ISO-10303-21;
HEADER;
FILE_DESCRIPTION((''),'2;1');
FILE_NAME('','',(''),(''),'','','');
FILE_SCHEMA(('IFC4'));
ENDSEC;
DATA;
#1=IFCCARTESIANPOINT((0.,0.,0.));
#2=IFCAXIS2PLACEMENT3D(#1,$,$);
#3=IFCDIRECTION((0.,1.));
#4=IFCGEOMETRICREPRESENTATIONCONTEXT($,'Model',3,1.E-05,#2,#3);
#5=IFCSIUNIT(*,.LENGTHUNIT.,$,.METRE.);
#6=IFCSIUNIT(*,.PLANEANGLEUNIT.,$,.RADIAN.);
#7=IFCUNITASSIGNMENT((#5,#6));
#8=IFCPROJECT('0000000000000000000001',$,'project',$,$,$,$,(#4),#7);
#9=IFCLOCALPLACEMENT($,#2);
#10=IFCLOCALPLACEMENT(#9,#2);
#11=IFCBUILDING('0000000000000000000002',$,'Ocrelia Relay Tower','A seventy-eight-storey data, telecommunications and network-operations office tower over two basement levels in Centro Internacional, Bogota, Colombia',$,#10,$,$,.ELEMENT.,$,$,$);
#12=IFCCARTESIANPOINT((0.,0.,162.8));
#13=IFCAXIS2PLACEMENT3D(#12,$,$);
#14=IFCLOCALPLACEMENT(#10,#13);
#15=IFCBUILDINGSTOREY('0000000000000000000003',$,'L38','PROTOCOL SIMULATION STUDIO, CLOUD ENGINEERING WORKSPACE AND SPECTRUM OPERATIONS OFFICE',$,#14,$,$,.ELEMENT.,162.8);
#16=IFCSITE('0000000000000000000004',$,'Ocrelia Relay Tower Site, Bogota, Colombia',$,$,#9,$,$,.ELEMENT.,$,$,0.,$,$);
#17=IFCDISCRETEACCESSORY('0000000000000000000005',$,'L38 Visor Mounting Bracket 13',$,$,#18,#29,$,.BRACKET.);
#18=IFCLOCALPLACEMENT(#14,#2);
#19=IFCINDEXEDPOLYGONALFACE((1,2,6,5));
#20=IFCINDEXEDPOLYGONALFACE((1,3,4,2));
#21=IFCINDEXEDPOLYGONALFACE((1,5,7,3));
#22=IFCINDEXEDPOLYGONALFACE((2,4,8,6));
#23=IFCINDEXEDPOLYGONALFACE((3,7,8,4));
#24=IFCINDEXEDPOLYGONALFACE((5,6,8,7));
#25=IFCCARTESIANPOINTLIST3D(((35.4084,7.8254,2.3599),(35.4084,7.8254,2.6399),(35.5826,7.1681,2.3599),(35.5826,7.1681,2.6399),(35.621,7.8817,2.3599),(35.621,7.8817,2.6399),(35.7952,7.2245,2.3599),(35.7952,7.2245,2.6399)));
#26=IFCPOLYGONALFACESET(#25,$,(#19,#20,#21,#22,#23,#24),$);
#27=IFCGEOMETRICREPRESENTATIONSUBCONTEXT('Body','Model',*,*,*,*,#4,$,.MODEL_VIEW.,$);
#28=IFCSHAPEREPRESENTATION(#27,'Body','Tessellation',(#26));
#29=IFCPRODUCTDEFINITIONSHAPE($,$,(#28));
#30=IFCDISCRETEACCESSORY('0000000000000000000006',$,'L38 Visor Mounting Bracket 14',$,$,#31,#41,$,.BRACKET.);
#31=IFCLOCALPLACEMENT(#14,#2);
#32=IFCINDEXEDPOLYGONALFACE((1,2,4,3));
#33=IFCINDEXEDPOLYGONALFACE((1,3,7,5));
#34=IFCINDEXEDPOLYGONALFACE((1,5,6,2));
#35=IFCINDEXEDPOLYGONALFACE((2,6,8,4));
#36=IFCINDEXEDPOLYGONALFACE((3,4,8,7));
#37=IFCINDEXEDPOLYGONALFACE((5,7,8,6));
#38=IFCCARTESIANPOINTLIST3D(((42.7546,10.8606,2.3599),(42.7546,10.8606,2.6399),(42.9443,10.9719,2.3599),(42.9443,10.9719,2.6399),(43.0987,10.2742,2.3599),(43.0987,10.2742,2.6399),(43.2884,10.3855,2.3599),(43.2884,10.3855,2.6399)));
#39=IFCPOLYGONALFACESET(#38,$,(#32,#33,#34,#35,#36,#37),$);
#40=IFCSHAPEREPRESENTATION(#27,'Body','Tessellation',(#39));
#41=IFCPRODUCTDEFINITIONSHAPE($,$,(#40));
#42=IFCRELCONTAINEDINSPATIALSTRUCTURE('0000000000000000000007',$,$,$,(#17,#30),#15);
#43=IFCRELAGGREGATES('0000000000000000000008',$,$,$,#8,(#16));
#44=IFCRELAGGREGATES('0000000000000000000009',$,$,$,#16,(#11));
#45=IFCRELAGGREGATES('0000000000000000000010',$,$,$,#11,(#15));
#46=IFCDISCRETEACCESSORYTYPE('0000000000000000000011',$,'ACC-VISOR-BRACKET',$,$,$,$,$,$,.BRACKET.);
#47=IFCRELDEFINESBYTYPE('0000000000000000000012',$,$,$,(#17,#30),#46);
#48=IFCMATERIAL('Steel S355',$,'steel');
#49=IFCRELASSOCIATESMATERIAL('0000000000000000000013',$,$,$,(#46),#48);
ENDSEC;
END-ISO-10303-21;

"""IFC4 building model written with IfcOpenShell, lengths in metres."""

from ifc_helpers import new_model, si_unit, direction, frame, origin, origin_2d, place, context, subcontext, project, spatial, rectangle, extrude, material, type_object, element, save


model = new_model("IFC4")

# Units and contexts
model_context = context("Model", 3, precision=1e-05, world=origin(), true_north=direction((0.0, 1.0)))
body_context = subcontext(model_context, "Body", "Model", "MODEL_VIEW")
ifc_project = project(units=[si_unit("LENGTHUNIT", "METRE"), si_unit("PLANEANGLEUNIT", "RADIAN")], contexts=[model_context])

# Site, building, storey
site_placement = place(None, origin())
site = spatial("IfcSite", under=ifc_project, at=site_placement, Name="Ocrelia Relay Tower Site, Bogota, Colombia", CompositionType="ELEMENT", RefElevation=0.0)
building_placement = place(site_placement, origin())
building = spatial("IfcBuilding", under=site, at=building_placement, Name="Ocrelia Relay Tower", Description="A seventy-eight-storey data, telecommunications and network-operations office tower over two basement levels in Centro Internacional, Bogota, Colombia", CompositionType="ELEMENT")
storey_placement = place(building_placement, frame((0.0, 0.0, 162.8)))
storey = spatial("IfcBuildingStorey", under=building, at=storey_placement, Name="L38", Description="PROTOCOL SIMULATION STUDIO, CLOUD ENGINEERING WORKSPACE AND SPECTRUM OPERATIONS OFFICE", CompositionType="ELEMENT", Elevation=162.8)

# Shared definitions
ifc_material_1 = material(Name="Steel S355", Category="steel")

# Discrete accessories
discrete_accessory_type = type_object("IfcDiscreteAccessoryType", Name="ACC-VISOR-BRACKET", PredefinedType="BRACKET", material=ifc_material_1)
for number, where, z_axis, x_axis, name in (
    (1, (35.6018, 7.5249, 2.3599), (0.0, 0.0, 1.0), (0.966635, 0.25616, 0.0), "L38 Visor Mounting Bracket 13"),
    (2, (43.0215, 10.623, 2.3599), (0.0, 0.0, 1.0), (0.862513, 0.506035, 0.0), "L38 Visor Mounting Bracket 14"),
):
    element("IfcDiscreteAccessory", number, at=place(storey_placement, frame(where, z_axis=z_axis, x_axis=x_axis)), inside=storey, type_object=discrete_accessory_type, Name=name, PredefinedType="BRACKET", context=body_context, shape_type="SweptSolid", body=[
        extrude(rectangle(XDim=0.22, YDim=0.6799, at=origin_2d()), origin(), (0.0, 0.0, 1.0), 0.28),
    ])

save(model, "model.ifc")
